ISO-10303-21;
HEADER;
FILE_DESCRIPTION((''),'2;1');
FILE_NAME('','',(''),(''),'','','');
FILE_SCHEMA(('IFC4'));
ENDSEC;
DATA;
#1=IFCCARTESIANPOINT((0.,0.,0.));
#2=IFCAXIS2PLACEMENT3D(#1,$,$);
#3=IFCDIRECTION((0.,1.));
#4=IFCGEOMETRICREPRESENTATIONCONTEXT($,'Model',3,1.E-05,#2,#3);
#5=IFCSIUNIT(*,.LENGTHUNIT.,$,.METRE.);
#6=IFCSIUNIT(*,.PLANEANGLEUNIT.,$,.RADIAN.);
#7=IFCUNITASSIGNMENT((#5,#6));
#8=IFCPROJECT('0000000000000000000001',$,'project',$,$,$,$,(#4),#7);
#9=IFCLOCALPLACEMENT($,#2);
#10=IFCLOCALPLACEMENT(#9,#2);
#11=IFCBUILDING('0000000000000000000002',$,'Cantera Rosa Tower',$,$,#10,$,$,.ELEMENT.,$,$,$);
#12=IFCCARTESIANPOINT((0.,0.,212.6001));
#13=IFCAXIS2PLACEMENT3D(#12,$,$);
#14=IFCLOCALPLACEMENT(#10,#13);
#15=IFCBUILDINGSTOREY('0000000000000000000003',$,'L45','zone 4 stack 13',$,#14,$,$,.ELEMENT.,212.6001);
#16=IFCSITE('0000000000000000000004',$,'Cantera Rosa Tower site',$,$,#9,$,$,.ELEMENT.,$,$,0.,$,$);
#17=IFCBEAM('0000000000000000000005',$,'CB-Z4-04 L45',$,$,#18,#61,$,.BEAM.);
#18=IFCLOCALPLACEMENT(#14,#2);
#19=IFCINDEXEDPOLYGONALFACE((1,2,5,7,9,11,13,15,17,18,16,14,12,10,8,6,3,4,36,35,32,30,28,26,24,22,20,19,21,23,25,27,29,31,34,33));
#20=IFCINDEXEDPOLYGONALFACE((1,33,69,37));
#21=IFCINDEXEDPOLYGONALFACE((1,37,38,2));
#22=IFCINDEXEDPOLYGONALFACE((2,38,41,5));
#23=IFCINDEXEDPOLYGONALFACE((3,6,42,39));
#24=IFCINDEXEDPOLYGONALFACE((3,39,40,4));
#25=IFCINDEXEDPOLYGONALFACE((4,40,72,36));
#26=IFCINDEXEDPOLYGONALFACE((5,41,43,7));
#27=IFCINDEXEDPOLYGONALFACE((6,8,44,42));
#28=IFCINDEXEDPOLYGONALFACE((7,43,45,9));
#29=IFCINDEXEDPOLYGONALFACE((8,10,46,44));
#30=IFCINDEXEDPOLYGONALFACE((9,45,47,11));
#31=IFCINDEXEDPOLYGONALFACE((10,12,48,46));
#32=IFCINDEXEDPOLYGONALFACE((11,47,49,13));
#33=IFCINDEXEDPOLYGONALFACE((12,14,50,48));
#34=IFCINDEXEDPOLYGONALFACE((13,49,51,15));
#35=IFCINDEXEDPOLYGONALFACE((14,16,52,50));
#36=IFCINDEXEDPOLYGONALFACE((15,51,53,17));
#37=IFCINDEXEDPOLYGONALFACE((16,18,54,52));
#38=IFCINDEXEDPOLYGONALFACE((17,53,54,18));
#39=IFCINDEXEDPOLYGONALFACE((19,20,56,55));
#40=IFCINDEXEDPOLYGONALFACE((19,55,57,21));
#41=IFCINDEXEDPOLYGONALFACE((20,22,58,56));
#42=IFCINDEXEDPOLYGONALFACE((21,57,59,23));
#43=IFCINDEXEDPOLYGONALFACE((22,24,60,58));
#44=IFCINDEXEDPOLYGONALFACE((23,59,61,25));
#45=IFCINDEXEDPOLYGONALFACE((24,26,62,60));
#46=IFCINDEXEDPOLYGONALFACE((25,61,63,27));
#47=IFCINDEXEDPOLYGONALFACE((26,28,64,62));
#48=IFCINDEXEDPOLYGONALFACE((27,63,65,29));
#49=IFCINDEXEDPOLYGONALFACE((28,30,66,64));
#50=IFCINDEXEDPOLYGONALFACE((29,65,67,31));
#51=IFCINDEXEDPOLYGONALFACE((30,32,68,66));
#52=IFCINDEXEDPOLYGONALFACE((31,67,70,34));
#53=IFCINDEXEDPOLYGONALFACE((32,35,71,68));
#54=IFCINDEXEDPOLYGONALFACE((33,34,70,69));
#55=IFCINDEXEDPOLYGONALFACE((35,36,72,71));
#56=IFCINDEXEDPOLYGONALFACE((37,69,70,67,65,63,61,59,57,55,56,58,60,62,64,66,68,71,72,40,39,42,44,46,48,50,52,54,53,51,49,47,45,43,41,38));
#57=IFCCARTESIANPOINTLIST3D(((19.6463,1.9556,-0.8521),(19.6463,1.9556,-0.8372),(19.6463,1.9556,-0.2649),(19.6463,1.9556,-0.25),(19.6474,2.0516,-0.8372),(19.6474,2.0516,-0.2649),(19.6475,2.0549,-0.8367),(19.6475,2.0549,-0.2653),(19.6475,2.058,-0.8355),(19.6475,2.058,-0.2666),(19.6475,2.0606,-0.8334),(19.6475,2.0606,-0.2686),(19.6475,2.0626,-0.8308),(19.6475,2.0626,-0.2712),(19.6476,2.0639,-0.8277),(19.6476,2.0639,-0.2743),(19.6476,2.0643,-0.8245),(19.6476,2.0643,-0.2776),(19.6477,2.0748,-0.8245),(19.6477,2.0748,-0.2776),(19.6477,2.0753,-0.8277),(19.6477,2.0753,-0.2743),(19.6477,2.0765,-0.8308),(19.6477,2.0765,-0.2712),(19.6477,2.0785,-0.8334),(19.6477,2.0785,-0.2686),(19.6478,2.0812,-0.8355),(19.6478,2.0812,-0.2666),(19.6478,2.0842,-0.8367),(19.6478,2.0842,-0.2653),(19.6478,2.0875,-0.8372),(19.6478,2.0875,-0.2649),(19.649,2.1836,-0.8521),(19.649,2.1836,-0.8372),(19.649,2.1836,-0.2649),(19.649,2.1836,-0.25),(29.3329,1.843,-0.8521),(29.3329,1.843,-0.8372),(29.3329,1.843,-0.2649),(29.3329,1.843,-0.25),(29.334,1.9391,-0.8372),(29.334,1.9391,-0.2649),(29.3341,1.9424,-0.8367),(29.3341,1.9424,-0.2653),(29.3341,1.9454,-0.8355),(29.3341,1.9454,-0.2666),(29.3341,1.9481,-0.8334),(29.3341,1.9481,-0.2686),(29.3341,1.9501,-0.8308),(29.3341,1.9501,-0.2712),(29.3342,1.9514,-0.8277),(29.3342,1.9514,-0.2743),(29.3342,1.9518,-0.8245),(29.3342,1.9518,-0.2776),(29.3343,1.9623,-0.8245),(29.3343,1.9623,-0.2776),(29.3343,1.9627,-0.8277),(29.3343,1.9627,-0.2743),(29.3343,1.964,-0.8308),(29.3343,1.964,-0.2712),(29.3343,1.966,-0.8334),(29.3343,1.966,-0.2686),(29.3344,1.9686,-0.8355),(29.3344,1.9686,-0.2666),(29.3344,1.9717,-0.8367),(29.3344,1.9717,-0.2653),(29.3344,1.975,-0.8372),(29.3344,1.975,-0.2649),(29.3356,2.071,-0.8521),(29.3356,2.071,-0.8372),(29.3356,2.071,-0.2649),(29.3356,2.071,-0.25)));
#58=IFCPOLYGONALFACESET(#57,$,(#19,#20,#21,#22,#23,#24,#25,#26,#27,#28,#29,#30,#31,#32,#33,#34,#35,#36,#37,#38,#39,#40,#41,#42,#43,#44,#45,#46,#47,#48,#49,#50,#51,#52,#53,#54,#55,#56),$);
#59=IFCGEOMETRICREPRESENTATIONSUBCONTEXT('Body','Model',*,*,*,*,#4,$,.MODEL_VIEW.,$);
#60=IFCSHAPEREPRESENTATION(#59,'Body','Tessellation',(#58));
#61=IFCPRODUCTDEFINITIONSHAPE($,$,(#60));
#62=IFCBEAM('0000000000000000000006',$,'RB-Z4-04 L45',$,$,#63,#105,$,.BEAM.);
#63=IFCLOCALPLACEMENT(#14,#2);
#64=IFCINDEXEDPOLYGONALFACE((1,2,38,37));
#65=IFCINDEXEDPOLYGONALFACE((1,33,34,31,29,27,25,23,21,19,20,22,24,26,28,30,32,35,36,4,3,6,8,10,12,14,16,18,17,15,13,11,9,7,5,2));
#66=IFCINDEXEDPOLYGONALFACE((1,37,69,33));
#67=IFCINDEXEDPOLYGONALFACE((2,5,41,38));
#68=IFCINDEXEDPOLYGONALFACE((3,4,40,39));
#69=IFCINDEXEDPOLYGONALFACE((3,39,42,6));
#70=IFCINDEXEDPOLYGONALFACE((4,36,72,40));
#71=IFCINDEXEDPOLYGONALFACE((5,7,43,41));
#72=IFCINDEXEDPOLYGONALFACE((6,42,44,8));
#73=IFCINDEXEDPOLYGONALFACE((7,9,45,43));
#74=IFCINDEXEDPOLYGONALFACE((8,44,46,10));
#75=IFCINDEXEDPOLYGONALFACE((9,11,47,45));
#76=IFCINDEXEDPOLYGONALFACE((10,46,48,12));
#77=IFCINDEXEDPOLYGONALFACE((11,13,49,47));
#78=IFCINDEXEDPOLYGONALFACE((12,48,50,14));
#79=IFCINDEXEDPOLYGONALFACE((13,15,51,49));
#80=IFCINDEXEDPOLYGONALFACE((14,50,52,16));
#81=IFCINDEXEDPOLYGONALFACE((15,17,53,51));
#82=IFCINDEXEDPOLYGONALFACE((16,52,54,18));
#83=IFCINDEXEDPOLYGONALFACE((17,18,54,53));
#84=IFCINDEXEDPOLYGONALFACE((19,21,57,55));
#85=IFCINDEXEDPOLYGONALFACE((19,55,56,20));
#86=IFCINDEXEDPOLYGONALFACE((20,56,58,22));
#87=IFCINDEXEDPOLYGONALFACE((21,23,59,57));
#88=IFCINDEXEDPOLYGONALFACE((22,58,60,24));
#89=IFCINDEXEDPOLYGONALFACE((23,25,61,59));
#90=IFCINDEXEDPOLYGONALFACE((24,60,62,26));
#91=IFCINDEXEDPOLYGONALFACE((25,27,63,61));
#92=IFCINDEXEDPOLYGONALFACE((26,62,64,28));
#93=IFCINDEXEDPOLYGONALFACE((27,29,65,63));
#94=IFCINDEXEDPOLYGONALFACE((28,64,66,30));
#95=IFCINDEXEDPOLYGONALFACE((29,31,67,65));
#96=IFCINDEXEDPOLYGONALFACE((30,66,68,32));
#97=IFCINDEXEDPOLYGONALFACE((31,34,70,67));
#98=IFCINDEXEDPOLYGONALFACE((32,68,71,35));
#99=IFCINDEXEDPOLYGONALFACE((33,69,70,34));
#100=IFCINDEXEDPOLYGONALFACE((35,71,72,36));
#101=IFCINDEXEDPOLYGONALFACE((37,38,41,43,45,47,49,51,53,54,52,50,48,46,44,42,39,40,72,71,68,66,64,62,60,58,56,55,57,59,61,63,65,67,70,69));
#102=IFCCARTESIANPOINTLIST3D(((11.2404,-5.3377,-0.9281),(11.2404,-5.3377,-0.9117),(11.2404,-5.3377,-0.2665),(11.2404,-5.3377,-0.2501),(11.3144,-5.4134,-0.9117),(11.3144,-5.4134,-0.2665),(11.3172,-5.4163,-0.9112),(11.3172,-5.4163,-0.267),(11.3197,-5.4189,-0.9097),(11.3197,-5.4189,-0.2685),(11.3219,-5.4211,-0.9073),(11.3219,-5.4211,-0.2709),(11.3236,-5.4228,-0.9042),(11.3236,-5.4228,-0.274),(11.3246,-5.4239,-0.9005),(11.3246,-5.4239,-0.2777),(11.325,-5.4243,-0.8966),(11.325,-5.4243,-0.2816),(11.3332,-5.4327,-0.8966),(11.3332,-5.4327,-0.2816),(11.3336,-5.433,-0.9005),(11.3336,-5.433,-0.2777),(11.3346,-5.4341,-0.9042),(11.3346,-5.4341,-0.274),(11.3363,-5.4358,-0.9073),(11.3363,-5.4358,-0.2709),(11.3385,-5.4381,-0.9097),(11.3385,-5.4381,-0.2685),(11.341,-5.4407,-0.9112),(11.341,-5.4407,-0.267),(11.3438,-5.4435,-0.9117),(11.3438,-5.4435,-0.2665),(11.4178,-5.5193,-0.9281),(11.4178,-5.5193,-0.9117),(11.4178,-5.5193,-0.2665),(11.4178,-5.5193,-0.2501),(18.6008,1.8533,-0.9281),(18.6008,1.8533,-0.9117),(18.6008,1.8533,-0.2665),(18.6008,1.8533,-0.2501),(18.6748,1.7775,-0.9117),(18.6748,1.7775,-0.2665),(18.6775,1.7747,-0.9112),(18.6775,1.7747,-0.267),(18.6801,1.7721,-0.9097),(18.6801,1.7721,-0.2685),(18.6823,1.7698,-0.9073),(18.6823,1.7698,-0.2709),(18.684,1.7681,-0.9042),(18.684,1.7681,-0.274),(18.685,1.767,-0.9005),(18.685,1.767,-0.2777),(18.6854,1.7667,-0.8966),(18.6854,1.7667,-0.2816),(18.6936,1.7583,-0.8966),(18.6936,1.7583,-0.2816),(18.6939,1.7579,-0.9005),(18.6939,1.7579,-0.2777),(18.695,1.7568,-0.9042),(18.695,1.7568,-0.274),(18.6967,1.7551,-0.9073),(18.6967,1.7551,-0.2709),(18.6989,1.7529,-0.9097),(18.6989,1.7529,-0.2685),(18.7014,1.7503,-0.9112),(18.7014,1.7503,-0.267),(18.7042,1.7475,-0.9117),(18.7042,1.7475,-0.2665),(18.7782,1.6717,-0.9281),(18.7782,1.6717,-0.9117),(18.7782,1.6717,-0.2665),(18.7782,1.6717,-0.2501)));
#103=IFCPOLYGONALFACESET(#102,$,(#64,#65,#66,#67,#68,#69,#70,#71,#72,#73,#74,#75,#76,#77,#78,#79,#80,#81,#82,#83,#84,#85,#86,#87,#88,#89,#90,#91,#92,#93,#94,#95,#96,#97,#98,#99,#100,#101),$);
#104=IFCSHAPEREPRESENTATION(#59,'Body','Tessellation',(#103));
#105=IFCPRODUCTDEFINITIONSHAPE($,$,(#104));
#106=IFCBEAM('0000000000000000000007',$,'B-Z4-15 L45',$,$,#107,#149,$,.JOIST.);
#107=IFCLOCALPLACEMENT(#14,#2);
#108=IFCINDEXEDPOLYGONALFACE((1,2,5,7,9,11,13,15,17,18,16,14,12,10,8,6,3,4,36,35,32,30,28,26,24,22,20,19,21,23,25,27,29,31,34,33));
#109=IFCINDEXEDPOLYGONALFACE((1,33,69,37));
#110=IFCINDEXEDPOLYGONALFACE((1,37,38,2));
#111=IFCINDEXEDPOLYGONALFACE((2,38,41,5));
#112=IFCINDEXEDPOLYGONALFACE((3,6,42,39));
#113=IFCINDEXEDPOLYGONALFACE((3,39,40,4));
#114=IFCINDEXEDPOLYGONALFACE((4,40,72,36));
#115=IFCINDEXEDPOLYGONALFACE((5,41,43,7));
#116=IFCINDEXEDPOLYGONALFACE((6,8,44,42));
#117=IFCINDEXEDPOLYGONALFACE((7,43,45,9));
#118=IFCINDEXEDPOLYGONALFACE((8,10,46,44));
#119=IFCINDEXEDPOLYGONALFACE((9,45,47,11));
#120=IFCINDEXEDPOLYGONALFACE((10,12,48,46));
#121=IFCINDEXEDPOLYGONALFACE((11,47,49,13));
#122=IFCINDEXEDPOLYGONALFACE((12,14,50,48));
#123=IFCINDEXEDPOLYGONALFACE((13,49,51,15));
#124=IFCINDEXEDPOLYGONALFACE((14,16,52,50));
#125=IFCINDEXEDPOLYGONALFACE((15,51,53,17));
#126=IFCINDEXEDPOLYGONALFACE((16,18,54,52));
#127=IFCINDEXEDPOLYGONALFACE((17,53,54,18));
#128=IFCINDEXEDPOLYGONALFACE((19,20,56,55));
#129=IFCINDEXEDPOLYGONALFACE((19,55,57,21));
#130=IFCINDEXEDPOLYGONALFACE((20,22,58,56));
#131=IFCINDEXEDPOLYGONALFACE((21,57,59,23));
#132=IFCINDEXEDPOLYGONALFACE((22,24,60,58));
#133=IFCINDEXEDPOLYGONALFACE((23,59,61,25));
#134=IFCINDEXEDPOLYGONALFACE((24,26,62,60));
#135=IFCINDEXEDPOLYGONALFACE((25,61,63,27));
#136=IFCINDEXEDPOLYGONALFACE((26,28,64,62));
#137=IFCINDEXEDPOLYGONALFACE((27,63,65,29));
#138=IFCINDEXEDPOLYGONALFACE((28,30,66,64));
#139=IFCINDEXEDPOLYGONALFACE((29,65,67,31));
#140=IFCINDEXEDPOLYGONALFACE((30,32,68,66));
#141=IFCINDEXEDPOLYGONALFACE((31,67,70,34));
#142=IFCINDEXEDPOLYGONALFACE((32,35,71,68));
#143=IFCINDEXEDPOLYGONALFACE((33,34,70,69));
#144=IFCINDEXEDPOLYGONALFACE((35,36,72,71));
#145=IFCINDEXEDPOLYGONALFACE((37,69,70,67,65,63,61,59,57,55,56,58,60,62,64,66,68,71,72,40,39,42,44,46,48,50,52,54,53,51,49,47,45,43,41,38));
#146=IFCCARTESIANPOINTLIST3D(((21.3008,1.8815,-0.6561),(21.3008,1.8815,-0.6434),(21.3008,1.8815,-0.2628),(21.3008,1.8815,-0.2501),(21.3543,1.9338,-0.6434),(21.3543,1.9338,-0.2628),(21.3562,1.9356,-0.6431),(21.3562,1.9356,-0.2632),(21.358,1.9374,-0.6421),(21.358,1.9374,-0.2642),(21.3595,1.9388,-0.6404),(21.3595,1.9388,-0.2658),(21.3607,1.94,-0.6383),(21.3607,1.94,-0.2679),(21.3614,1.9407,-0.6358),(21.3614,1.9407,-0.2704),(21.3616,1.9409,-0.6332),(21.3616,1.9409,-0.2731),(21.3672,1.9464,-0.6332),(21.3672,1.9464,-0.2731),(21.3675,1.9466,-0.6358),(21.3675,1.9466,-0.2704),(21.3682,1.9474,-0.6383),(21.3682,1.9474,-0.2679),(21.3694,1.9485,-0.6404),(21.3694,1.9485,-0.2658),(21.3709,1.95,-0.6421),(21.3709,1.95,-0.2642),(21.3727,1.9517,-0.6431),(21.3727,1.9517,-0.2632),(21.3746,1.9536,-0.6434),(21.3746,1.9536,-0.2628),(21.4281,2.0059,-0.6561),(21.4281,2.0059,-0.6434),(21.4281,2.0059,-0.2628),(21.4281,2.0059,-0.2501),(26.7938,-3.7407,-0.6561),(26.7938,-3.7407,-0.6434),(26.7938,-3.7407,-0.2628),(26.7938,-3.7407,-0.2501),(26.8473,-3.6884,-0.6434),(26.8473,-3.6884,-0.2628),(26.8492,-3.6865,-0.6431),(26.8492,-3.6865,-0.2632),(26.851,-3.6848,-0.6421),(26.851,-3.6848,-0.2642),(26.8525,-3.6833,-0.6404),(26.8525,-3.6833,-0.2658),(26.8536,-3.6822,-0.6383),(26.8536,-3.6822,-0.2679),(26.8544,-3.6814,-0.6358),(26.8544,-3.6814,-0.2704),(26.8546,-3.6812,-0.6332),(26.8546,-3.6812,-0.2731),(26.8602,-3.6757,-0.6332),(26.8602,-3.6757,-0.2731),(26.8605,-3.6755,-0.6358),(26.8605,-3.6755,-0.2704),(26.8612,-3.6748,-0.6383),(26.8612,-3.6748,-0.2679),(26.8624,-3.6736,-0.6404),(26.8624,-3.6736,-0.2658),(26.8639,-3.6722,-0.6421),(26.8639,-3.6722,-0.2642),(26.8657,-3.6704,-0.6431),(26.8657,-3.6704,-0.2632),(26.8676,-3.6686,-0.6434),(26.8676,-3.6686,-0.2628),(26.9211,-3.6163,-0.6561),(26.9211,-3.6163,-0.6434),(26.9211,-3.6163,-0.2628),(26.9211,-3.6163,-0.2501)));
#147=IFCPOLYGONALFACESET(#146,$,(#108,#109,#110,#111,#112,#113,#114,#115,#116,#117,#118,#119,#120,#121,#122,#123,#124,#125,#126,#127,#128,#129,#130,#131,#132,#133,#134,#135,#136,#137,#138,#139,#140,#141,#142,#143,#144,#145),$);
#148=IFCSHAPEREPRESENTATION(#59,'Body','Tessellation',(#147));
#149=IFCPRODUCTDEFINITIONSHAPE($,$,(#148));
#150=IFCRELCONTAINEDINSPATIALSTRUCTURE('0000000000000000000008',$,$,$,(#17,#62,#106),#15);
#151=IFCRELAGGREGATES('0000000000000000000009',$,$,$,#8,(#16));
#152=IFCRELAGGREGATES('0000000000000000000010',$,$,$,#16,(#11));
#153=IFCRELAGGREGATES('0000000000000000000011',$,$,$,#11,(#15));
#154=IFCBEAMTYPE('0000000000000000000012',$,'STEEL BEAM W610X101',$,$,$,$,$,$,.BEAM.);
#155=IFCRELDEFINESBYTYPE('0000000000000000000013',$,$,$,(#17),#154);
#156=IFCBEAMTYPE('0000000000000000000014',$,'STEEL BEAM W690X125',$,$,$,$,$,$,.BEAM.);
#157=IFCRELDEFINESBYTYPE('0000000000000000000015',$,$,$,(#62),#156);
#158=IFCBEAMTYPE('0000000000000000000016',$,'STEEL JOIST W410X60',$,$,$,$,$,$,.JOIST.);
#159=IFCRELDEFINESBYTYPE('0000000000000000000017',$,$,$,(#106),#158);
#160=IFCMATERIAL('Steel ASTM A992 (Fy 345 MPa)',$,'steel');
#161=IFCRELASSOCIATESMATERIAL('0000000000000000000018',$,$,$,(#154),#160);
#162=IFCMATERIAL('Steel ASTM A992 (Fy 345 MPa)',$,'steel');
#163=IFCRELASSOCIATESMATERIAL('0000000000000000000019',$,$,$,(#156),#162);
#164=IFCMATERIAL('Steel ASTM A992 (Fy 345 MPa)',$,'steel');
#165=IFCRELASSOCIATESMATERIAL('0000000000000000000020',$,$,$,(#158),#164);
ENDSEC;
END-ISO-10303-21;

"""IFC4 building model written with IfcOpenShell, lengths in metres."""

from ifc_helpers import new_model, si_unit, direction, frame, origin, origin_2d, place, context, subcontext, project, spatial, i_section, extrude, material, material_profile, profile_set, type_object, element, save


model = new_model("IFC4")

# Units and contexts
model_context = context("Model", 3, precision=1e-05, world=origin(), true_north=direction((0.0, 1.0)))
body_context = subcontext(model_context, "Body", "Model", "MODEL_VIEW")
ifc_project = project(units=[si_unit("LENGTHUNIT", "METRE"), si_unit("PLANEANGLEUNIT", "RADIAN")], contexts=[model_context])

# Site, building, storey
site_placement = place(None, origin())
site = spatial("IfcSite", under=ifc_project, at=site_placement, Name="Cantera Rosa Tower site", CompositionType="ELEMENT", RefElevation=0.0)
building_placement = place(site_placement, origin())
building = spatial("IfcBuilding", under=site, at=building_placement, Name="Cantera Rosa Tower", CompositionType="ELEMENT")
storey_placement = place(building_placement, frame((0.0, 0.0, 212.6001)))
storey = spatial("IfcBuildingStorey", under=building, at=storey_placement, Name="L45", Description="zone 4 stack 13", CompositionType="ELEMENT", Elevation=212.6001)

# Beams
ifc_material_1 = material(Name="Steel ASTM A992 (Fy 345 MPa)", Category="steel")
ifc_material_profile_1 = material_profile(ifc_material_1, i_section(OverallWidth=0.228, OverallDepth=0.6021, WebThickness=0.0105, FlangeThickness=0.0149, FilletRadius=0.0127, at=origin_2d()), Name="W610X101")
ifc_profile_set_1 = profile_set([ifc_material_profile_1], Name="Steel ASTM A992 (Fy 345 MPa)")
beam_type_1 = type_object("IfcBeamType", Name="STEEL BEAM W610X101", PredefinedType="BEAM", material=ifc_profile_set_1)
beam_1_placement = place(storey_placement, frame((29.3342, 1.957, -0.551), z_axis=(-0.999933, 0.011618, 0.0), x_axis=(-0.011618, -0.999933, 0.0)))
element("IfcBeam", 1, at=beam_1_placement, inside=storey, type_object=beam_type_1, Name="CB-Z4-04 L45", PredefinedType="BEAM", context=body_context, shape_type="SweptSolid", body=[
    extrude(i_section(OverallWidth=0.228, OverallDepth=0.6021, WebThickness=0.0105, FlangeThickness=0.0149, FilletRadius=0.0127, at=origin_2d()), origin(), (0.0, 0.0, 1.0), 9.6873),
])
ifc_material_2 = material(Name="Steel ASTM A992 (Fy 345 MPa)", Category="steel")
ifc_material_profile_2 = material_profile(ifc_material_2, i_section(OverallWidth=0.2539, OverallDepth=0.678, WebThickness=0.0117, FlangeThickness=0.0164, FilletRadius=0.0151, at=origin_2d()), Name="W690X125")
ifc_profile_set_2 = profile_set([ifc_material_profile_2], Name="Steel ASTM A992 (Fy 345 MPa)")
beam_type_2 = type_object("IfcBeamType", Name="STEEL BEAM W690X125", PredefinedType="BEAM", material=ifc_profile_set_2)
beam_2_placement = place(storey_placement, frame((11.3291, -5.4285, -0.5891), z_axis=(0.715292, 0.698826, 0.0), x_axis=(-0.698826, 0.715292, 0.0)))
element("IfcBeam", 2, at=beam_2_placement, inside=storey, type_object=beam_type_2, Name="RB-Z4-04 L45", PredefinedType="BEAM", context=body_context, shape_type="SweptSolid", body=[
    extrude(i_section(OverallWidth=0.2539, OverallDepth=0.678, WebThickness=0.0117, FlangeThickness=0.0164, FilletRadius=0.0151, at=origin_2d()), origin(), (0.0, 0.0, 1.0), 10.29),
])
ifc_material_3 = material(Name="Steel ASTM A992 (Fy 345 MPa)", Category="steel")
ifc_material_profile_3 = material_profile(ifc_material_3, i_section(OverallWidth=0.178, OverallDepth=0.406, WebThickness=0.0078, FlangeThickness=0.0127, FilletRadius=0.0103, at=origin_2d()), Name="W410X60")
ifc_profile_set_3 = profile_set([ifc_material_profile_3], Name="Steel ASTM A992 (Fy 345 MPa)")
beam_type_3 = type_object("IfcBeamType", Name="STEEL JOIST W410X60", PredefinedType="JOIST", material=ifc_profile_set_3)
beam_3_placement = place(storey_placement, frame((26.8574, -3.6785, -0.4531), z_axis=(-0.698843, 0.715275, 0.0), x_axis=(-0.715275, -0.698843, 0.0)))
element("IfcBeam", 3, at=beam_3_placement, inside=storey, type_object=beam_type_3, Name="B-Z4-15 L45", PredefinedType="JOIST", context=body_context, shape_type="SweptSolid", body=[
    extrude(i_section(OverallWidth=0.178, OverallDepth=0.406, WebThickness=0.0078, FlangeThickness=0.0127, FilletRadius=0.0103, at=origin_2d()), origin(), (0.0, 0.0, 1.0), 7.8601),
])

save(model, "model.ifc")
